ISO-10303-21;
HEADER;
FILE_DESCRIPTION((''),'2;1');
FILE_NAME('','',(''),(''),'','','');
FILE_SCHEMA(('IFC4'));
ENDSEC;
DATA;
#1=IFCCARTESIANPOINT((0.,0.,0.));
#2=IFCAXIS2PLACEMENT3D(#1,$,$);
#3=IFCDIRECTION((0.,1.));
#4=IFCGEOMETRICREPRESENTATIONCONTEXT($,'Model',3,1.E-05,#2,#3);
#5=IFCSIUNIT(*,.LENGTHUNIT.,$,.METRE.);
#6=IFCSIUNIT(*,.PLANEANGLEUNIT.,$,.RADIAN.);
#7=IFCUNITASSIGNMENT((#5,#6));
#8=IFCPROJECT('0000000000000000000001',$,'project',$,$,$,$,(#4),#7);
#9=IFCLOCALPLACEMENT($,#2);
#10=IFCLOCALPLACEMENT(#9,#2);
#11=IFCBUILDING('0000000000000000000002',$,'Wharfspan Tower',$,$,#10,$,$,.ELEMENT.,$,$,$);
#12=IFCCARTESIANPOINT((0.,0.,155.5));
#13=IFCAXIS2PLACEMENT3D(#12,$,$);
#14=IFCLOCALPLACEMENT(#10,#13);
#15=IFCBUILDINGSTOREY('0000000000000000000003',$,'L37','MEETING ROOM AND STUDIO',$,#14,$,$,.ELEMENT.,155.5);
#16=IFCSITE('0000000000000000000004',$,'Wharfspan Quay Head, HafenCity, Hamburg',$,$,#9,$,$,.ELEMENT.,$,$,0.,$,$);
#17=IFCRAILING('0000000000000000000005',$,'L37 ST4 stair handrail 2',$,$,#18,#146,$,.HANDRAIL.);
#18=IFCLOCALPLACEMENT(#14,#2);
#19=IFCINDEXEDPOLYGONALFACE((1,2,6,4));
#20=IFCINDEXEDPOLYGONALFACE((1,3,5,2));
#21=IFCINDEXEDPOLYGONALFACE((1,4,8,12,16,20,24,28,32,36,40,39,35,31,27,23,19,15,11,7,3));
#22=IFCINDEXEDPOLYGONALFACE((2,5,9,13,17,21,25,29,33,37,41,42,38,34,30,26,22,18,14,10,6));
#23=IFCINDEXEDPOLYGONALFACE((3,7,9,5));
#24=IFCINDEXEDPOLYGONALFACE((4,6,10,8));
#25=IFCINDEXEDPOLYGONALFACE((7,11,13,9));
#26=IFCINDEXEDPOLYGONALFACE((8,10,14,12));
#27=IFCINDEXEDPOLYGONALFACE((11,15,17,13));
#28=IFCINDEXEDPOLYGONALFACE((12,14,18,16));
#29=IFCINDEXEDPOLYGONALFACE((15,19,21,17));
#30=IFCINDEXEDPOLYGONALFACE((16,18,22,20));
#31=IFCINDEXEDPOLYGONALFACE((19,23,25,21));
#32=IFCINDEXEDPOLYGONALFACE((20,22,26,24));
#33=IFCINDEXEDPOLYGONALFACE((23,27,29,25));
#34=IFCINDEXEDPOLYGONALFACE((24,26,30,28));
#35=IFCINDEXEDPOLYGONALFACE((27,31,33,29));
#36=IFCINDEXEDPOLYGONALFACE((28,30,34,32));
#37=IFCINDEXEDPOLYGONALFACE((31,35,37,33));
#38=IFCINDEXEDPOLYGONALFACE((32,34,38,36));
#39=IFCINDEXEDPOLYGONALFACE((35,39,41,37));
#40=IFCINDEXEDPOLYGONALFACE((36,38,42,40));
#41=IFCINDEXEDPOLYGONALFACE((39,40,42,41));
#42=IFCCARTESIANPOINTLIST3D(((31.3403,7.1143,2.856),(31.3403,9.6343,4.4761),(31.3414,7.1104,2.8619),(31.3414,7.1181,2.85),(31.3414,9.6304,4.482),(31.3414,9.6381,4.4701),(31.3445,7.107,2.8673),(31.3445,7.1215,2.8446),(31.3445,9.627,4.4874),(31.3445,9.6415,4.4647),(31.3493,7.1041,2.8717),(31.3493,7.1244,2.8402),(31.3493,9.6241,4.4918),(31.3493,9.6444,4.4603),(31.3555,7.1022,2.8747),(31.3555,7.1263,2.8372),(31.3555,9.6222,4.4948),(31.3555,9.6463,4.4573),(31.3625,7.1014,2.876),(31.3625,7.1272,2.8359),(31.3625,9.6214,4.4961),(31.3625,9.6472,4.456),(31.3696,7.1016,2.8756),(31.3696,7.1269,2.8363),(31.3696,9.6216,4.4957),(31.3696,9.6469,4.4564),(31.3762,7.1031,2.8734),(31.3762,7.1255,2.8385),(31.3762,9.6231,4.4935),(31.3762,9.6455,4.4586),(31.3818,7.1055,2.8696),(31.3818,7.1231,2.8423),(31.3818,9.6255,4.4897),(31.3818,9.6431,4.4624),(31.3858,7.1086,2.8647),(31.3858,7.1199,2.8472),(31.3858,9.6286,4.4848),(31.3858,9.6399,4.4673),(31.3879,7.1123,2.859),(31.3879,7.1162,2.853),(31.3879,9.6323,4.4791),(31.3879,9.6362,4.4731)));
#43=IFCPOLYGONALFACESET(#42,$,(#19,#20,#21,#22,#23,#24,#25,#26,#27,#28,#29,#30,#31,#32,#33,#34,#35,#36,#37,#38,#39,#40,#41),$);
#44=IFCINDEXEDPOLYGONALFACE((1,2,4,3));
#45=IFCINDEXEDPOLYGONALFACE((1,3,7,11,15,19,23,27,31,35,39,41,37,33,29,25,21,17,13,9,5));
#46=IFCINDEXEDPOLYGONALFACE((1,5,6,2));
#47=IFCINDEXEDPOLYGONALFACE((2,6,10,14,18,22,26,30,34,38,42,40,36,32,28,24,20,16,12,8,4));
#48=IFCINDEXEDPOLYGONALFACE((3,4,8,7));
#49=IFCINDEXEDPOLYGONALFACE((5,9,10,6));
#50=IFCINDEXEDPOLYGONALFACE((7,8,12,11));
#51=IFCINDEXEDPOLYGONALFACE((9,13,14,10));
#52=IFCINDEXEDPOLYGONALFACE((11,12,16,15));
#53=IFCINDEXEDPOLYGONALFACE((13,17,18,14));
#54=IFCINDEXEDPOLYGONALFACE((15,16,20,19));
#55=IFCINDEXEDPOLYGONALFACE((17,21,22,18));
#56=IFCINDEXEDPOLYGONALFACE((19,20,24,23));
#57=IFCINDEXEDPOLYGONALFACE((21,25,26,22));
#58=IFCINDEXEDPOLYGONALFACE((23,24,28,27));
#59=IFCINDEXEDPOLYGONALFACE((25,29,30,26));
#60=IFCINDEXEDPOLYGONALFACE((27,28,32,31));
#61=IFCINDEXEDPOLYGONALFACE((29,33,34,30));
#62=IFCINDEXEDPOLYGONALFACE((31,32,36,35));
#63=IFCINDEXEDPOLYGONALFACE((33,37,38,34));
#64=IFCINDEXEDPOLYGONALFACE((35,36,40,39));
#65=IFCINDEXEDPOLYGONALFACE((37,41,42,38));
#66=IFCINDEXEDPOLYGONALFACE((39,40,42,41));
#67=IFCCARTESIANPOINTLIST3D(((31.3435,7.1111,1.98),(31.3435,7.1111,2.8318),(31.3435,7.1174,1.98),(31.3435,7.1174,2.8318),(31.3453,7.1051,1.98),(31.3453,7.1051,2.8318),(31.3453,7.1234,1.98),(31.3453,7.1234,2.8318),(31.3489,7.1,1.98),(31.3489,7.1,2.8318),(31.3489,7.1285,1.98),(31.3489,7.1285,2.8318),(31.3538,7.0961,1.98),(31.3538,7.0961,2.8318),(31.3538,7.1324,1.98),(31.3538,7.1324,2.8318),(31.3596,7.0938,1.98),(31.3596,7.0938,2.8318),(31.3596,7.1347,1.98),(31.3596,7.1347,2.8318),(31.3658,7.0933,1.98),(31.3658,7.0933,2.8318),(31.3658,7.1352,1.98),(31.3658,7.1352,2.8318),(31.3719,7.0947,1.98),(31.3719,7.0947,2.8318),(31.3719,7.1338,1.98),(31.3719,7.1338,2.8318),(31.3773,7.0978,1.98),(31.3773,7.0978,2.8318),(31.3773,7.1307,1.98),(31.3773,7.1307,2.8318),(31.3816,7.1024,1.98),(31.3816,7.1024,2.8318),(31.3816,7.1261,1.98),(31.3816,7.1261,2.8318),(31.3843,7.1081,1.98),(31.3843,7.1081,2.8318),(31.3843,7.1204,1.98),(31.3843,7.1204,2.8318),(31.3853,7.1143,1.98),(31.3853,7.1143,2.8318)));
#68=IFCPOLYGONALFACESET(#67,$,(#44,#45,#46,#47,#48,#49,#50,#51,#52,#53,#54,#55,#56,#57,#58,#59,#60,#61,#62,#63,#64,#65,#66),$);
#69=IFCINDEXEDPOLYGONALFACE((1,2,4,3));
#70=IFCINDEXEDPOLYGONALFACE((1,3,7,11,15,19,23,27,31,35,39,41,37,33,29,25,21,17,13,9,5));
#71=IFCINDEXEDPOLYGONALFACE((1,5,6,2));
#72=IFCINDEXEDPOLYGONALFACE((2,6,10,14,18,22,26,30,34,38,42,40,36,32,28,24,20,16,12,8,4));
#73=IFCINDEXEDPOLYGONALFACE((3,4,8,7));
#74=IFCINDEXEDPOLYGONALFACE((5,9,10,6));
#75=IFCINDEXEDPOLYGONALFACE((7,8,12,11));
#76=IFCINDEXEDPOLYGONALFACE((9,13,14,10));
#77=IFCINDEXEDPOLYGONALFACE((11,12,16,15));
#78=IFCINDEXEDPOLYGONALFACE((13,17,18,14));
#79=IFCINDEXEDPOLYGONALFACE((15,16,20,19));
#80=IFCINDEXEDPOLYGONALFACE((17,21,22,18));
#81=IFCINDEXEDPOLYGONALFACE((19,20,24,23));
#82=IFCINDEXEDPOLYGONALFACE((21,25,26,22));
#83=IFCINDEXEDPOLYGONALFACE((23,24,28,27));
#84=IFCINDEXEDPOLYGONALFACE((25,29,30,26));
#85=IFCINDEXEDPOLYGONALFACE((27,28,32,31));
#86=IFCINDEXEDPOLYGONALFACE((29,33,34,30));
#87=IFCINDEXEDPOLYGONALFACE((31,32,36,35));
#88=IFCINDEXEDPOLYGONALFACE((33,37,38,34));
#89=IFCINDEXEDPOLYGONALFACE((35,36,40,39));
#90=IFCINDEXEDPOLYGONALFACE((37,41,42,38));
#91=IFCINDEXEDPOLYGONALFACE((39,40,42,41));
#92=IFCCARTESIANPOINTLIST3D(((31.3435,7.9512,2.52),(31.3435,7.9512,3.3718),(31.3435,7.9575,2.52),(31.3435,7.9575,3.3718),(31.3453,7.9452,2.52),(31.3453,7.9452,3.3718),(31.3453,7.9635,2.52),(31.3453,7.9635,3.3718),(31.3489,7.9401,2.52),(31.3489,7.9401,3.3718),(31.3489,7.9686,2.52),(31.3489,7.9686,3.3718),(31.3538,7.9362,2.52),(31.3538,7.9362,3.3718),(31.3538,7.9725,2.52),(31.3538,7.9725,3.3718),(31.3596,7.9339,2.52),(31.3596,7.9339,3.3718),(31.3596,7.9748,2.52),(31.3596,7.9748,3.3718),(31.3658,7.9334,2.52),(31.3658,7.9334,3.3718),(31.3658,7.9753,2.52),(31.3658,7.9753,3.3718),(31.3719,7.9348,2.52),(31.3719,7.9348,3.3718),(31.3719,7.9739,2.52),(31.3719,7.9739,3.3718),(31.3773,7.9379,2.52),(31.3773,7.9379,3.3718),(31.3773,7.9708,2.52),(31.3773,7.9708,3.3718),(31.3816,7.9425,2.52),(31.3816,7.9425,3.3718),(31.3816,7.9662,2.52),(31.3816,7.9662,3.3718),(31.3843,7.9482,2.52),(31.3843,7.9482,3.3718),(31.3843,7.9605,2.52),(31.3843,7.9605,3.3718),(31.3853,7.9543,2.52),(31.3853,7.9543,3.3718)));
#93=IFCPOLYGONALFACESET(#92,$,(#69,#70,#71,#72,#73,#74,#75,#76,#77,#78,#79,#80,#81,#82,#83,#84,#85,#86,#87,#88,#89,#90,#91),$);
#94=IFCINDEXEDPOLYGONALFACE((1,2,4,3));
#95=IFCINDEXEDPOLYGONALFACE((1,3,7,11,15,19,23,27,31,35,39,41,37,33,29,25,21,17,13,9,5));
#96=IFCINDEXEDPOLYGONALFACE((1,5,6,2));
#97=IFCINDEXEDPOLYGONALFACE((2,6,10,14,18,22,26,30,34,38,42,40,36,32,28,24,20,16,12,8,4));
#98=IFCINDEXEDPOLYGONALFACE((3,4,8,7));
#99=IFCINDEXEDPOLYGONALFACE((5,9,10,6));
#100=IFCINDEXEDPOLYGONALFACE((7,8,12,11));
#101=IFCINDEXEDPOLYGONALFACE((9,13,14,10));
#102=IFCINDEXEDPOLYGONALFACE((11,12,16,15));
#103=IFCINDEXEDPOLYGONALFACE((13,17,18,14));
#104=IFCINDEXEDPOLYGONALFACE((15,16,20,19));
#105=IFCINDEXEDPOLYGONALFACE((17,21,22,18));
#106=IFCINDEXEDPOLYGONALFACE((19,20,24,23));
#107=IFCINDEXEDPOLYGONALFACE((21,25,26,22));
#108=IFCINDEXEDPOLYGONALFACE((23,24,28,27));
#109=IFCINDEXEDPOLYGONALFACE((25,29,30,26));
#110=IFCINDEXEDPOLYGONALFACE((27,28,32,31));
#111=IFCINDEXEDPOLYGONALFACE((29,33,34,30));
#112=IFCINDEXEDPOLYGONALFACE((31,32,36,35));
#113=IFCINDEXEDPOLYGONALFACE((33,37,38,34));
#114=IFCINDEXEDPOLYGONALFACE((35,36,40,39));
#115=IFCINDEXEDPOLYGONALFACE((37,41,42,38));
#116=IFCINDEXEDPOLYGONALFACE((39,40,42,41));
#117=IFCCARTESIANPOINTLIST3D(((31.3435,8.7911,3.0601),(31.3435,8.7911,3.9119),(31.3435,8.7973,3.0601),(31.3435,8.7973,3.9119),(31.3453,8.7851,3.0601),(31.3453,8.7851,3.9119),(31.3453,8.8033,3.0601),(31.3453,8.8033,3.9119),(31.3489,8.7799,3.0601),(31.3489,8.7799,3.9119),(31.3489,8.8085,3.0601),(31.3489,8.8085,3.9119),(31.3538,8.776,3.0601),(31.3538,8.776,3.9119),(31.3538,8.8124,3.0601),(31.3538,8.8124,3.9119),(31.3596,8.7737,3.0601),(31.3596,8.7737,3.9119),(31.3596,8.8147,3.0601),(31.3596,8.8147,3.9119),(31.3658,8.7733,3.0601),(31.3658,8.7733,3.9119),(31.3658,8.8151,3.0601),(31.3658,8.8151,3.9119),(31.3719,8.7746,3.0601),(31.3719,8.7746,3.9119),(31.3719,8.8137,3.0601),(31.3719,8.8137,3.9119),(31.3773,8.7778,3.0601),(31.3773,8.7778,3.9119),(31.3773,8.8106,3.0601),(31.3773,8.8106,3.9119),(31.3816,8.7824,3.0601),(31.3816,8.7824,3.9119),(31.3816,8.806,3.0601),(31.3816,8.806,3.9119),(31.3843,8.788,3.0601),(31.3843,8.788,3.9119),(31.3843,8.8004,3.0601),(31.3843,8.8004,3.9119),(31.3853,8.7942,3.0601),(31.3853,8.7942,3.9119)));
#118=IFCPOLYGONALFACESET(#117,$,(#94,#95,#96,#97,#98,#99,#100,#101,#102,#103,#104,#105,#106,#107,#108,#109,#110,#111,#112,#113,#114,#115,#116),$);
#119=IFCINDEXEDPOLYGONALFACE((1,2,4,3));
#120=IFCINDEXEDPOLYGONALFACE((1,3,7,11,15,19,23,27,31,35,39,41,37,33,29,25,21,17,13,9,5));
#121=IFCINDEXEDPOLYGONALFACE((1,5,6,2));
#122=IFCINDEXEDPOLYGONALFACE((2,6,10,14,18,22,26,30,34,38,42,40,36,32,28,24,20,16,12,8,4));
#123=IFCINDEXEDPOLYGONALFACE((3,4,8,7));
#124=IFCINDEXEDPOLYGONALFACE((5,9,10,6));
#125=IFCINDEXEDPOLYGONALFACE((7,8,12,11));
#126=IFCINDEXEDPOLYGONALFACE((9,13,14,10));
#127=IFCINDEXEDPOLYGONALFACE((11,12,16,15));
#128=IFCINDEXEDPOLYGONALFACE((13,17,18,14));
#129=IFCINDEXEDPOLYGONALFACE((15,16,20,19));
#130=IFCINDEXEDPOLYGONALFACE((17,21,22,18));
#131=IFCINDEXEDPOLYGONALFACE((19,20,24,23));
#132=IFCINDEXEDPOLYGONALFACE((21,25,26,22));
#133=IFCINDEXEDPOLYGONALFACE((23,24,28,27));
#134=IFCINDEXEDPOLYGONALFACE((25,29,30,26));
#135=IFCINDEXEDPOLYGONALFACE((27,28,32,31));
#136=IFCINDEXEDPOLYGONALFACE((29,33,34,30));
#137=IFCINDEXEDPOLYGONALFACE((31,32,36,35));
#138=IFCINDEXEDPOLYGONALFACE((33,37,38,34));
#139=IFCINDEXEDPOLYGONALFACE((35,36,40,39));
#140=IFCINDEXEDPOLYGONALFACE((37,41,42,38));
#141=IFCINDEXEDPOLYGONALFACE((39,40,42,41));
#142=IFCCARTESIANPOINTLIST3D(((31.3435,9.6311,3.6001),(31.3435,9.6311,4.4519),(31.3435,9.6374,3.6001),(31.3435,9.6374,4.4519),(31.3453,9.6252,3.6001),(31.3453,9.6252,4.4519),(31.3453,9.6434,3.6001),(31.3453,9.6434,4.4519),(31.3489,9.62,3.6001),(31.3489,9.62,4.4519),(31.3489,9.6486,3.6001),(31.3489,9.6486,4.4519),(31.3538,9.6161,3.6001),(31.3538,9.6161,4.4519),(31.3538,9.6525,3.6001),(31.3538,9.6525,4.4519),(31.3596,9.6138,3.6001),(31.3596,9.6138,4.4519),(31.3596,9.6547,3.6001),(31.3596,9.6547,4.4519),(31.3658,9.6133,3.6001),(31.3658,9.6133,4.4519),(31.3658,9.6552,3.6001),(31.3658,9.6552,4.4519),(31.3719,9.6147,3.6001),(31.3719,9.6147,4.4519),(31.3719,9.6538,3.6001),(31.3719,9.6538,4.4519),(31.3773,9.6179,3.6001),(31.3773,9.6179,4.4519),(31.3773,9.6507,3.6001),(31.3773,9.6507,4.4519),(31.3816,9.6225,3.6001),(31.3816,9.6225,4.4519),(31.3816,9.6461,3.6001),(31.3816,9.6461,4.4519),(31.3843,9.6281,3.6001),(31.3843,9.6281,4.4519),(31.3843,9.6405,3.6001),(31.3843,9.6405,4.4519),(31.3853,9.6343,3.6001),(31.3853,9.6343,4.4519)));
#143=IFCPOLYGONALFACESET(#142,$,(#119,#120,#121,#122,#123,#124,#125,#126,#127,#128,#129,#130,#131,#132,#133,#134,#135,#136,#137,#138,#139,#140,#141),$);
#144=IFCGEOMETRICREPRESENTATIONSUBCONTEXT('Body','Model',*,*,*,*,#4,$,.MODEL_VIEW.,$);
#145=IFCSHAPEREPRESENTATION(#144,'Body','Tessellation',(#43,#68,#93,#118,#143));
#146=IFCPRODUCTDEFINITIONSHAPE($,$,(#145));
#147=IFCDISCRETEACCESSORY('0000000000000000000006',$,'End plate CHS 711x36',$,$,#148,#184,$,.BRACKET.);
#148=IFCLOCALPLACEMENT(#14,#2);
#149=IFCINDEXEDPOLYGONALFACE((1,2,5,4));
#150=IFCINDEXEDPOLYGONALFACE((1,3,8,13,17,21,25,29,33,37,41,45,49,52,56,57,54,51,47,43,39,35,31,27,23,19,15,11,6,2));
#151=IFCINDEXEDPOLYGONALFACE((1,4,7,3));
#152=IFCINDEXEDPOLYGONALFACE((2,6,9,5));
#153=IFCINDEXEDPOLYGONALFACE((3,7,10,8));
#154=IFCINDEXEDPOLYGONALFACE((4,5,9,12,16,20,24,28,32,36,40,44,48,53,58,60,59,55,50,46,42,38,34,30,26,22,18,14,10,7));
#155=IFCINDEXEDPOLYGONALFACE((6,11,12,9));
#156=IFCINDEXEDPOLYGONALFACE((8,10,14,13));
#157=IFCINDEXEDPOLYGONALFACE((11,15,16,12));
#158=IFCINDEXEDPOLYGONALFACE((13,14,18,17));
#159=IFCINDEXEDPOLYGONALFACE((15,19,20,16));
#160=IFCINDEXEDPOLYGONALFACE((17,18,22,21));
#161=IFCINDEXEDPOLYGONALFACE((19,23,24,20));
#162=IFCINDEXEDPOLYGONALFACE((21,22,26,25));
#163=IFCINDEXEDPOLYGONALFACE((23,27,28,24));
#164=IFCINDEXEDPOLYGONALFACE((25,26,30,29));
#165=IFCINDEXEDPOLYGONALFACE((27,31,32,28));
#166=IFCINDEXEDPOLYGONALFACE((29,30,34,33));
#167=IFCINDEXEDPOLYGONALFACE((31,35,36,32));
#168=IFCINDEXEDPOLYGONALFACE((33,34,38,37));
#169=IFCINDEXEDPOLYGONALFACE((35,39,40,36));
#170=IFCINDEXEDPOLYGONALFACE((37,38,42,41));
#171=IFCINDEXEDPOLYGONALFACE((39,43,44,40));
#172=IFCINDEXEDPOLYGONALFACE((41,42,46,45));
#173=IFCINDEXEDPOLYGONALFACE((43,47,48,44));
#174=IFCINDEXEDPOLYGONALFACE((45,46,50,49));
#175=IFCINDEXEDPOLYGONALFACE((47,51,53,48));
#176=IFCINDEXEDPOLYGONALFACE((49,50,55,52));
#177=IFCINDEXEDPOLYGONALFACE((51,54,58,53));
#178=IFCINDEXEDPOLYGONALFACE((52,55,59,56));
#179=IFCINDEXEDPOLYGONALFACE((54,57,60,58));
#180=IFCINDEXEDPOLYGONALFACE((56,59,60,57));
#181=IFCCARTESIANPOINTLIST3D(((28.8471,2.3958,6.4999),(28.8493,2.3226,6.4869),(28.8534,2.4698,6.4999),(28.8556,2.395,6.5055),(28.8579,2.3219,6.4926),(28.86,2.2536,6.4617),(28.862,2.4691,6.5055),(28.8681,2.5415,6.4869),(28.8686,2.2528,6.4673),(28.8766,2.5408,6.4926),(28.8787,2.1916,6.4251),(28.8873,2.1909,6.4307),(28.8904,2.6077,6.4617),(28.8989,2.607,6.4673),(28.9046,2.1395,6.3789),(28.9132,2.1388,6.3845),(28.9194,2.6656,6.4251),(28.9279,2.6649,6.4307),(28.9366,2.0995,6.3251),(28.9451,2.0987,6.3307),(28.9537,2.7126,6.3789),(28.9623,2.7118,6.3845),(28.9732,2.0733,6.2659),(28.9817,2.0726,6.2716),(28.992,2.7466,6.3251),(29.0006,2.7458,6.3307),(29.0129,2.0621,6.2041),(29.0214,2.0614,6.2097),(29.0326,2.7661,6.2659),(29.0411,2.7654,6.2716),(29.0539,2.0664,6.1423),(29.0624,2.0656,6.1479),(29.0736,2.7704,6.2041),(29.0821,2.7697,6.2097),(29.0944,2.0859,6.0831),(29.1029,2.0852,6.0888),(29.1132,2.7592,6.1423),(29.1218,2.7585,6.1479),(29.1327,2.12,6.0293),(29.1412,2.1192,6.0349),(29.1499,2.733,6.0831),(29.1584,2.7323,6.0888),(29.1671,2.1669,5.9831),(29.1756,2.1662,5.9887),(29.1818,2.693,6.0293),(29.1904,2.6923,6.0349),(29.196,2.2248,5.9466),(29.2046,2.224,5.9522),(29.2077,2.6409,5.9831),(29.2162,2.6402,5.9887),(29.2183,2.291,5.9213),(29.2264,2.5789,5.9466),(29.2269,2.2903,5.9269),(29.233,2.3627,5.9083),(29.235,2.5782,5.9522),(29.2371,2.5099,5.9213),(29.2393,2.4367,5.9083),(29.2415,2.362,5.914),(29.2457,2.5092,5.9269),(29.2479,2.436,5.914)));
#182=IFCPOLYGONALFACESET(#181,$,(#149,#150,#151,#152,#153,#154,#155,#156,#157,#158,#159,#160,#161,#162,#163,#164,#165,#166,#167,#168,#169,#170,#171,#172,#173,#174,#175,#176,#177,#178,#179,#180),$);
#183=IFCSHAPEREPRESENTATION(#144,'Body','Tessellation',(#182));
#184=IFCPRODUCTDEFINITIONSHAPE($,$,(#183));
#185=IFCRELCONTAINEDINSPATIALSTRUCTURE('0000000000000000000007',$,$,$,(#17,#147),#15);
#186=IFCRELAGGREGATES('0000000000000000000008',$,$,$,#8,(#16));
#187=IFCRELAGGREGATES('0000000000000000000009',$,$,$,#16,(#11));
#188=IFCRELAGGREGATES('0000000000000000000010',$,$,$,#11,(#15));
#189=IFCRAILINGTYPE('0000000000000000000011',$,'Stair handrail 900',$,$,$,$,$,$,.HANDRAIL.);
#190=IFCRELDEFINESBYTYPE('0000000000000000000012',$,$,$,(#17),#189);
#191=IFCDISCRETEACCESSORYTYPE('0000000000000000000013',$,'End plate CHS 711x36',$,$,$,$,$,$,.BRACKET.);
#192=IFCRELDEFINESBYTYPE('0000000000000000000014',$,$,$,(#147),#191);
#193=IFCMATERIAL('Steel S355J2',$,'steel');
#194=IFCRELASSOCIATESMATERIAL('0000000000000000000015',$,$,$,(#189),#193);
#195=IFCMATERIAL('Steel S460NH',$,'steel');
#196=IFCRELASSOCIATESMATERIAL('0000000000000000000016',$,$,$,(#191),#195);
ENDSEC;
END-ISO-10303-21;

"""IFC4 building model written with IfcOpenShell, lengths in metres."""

from ifc_helpers import new_model, si_unit, direction, frame, origin, origin_2d, place, context, subcontext, project, spatial, circle, extrude, material, material_profile, profile_set, type_object, element, save


model = new_model("IFC4")

# Units and contexts
model_context = context("Model", 3, precision=1e-05, world=origin(), true_north=direction((0.0, 1.0)))
body_context = subcontext(model_context, "Body", "Model", "MODEL_VIEW")
ifc_project = project(units=[si_unit("LENGTHUNIT", "METRE"), si_unit("PLANEANGLEUNIT", "RADIAN")], contexts=[model_context])

# Site, building, storey
site_placement = place(None, origin())
site = spatial("IfcSite", under=ifc_project, at=site_placement, Name="Wharfspan Quay Head, HafenCity, Hamburg", CompositionType="ELEMENT", RefElevation=0.0)
building_placement = place(site_placement, origin())
building = spatial("IfcBuilding", under=site, at=building_placement, Name="Wharfspan Tower", CompositionType="ELEMENT")
storey_placement = place(building_placement, frame((0.0, 0.0, 155.5)))
storey = spatial("IfcBuildingStorey", under=building, at=storey_placement, Name="L37", Description="MEETING ROOM AND STUDIO", CompositionType="ELEMENT", Elevation=155.5)

# Shared definitions
ifc_material_1 = material(Name="Steel S355J2", Category="steel")

# Railing
railing_type_1 = type_object("IfcRailingType", Name="Stair handrail 900", PredefinedType="HANDRAIL", material=ifc_material_1)
railing_1_placement = place(storey_placement, frame((31.3643, 7.1143, 1.98)))
element("IfcRailing", 1, at=railing_1_placement, inside=storey, type_object=railing_type_1, Name="L37 ST4 stair handrail 2", PredefinedType="HANDRAIL", context=body_context, shape_type="SweptSolid", body=[
    extrude(circle(Radius=0.0239, at=origin_2d()), frame((0.0, 0.0, 0.876), z_axis=(0.0, 0.841163, 0.540782), x_axis=(-1.0, 0.0, 0.0)), (0.0, 0.0, 1.0), 2.9958),
    extrude(circle(Radius=0.021, at=origin_2d()), origin(), (0.0, 0.0, 1.0), 0.8518),
    extrude(circle(Radius=0.021, at=origin_2d()), frame((0.0, 0.8401, 0.54)), (0.0, 0.0, 1.0), 0.8518),
    extrude(circle(Radius=0.021, at=origin_2d()), frame((0.0, 1.6799, 1.0801)), (0.0, 0.0, 1.0), 0.8518),
    extrude(circle(Radius=0.021, at=origin_2d()), frame((0.0, 2.52, 1.6201)), (0.0, 0.0, 1.0), 0.8518),
])

# Discrete accessory
ifc_material_2 = material(Name="Steel S460NH", Category="steel")
ifc_material_profile_1 = material_profile(ifc_material_2, circle(Radius=0.3555, at=origin_2d()))
ifc_profile_set_1 = profile_set([ifc_material_profile_1], Name="Steel S460NH")
discrete_accessory_type = type_object("IfcDiscreteAccessoryType", Name="End plate CHS 711x36", PredefinedType="BRACKET", material=ifc_profile_set_1)
discrete_accessory_1_placement = place(storey_placement, frame((29.0432, 2.4163, 6.2041), z_axis=(0.83357, -0.071449, 0.547774), x_axis=(0.085401, 0.996343, 0.0)))
element("IfcDiscreteAccessory", 2, at=discrete_accessory_1_placement, inside=storey, type_object=discrete_accessory_type, Name="End plate CHS 711x36", PredefinedType="BRACKET", context=body_context, shape_type="SweptSolid", body=[
    extrude(circle(Radius=0.3555, at=origin_2d()), origin(), (0.0, 0.0, 1.0), 0.0103),
])

save(model, "model.ifc")
